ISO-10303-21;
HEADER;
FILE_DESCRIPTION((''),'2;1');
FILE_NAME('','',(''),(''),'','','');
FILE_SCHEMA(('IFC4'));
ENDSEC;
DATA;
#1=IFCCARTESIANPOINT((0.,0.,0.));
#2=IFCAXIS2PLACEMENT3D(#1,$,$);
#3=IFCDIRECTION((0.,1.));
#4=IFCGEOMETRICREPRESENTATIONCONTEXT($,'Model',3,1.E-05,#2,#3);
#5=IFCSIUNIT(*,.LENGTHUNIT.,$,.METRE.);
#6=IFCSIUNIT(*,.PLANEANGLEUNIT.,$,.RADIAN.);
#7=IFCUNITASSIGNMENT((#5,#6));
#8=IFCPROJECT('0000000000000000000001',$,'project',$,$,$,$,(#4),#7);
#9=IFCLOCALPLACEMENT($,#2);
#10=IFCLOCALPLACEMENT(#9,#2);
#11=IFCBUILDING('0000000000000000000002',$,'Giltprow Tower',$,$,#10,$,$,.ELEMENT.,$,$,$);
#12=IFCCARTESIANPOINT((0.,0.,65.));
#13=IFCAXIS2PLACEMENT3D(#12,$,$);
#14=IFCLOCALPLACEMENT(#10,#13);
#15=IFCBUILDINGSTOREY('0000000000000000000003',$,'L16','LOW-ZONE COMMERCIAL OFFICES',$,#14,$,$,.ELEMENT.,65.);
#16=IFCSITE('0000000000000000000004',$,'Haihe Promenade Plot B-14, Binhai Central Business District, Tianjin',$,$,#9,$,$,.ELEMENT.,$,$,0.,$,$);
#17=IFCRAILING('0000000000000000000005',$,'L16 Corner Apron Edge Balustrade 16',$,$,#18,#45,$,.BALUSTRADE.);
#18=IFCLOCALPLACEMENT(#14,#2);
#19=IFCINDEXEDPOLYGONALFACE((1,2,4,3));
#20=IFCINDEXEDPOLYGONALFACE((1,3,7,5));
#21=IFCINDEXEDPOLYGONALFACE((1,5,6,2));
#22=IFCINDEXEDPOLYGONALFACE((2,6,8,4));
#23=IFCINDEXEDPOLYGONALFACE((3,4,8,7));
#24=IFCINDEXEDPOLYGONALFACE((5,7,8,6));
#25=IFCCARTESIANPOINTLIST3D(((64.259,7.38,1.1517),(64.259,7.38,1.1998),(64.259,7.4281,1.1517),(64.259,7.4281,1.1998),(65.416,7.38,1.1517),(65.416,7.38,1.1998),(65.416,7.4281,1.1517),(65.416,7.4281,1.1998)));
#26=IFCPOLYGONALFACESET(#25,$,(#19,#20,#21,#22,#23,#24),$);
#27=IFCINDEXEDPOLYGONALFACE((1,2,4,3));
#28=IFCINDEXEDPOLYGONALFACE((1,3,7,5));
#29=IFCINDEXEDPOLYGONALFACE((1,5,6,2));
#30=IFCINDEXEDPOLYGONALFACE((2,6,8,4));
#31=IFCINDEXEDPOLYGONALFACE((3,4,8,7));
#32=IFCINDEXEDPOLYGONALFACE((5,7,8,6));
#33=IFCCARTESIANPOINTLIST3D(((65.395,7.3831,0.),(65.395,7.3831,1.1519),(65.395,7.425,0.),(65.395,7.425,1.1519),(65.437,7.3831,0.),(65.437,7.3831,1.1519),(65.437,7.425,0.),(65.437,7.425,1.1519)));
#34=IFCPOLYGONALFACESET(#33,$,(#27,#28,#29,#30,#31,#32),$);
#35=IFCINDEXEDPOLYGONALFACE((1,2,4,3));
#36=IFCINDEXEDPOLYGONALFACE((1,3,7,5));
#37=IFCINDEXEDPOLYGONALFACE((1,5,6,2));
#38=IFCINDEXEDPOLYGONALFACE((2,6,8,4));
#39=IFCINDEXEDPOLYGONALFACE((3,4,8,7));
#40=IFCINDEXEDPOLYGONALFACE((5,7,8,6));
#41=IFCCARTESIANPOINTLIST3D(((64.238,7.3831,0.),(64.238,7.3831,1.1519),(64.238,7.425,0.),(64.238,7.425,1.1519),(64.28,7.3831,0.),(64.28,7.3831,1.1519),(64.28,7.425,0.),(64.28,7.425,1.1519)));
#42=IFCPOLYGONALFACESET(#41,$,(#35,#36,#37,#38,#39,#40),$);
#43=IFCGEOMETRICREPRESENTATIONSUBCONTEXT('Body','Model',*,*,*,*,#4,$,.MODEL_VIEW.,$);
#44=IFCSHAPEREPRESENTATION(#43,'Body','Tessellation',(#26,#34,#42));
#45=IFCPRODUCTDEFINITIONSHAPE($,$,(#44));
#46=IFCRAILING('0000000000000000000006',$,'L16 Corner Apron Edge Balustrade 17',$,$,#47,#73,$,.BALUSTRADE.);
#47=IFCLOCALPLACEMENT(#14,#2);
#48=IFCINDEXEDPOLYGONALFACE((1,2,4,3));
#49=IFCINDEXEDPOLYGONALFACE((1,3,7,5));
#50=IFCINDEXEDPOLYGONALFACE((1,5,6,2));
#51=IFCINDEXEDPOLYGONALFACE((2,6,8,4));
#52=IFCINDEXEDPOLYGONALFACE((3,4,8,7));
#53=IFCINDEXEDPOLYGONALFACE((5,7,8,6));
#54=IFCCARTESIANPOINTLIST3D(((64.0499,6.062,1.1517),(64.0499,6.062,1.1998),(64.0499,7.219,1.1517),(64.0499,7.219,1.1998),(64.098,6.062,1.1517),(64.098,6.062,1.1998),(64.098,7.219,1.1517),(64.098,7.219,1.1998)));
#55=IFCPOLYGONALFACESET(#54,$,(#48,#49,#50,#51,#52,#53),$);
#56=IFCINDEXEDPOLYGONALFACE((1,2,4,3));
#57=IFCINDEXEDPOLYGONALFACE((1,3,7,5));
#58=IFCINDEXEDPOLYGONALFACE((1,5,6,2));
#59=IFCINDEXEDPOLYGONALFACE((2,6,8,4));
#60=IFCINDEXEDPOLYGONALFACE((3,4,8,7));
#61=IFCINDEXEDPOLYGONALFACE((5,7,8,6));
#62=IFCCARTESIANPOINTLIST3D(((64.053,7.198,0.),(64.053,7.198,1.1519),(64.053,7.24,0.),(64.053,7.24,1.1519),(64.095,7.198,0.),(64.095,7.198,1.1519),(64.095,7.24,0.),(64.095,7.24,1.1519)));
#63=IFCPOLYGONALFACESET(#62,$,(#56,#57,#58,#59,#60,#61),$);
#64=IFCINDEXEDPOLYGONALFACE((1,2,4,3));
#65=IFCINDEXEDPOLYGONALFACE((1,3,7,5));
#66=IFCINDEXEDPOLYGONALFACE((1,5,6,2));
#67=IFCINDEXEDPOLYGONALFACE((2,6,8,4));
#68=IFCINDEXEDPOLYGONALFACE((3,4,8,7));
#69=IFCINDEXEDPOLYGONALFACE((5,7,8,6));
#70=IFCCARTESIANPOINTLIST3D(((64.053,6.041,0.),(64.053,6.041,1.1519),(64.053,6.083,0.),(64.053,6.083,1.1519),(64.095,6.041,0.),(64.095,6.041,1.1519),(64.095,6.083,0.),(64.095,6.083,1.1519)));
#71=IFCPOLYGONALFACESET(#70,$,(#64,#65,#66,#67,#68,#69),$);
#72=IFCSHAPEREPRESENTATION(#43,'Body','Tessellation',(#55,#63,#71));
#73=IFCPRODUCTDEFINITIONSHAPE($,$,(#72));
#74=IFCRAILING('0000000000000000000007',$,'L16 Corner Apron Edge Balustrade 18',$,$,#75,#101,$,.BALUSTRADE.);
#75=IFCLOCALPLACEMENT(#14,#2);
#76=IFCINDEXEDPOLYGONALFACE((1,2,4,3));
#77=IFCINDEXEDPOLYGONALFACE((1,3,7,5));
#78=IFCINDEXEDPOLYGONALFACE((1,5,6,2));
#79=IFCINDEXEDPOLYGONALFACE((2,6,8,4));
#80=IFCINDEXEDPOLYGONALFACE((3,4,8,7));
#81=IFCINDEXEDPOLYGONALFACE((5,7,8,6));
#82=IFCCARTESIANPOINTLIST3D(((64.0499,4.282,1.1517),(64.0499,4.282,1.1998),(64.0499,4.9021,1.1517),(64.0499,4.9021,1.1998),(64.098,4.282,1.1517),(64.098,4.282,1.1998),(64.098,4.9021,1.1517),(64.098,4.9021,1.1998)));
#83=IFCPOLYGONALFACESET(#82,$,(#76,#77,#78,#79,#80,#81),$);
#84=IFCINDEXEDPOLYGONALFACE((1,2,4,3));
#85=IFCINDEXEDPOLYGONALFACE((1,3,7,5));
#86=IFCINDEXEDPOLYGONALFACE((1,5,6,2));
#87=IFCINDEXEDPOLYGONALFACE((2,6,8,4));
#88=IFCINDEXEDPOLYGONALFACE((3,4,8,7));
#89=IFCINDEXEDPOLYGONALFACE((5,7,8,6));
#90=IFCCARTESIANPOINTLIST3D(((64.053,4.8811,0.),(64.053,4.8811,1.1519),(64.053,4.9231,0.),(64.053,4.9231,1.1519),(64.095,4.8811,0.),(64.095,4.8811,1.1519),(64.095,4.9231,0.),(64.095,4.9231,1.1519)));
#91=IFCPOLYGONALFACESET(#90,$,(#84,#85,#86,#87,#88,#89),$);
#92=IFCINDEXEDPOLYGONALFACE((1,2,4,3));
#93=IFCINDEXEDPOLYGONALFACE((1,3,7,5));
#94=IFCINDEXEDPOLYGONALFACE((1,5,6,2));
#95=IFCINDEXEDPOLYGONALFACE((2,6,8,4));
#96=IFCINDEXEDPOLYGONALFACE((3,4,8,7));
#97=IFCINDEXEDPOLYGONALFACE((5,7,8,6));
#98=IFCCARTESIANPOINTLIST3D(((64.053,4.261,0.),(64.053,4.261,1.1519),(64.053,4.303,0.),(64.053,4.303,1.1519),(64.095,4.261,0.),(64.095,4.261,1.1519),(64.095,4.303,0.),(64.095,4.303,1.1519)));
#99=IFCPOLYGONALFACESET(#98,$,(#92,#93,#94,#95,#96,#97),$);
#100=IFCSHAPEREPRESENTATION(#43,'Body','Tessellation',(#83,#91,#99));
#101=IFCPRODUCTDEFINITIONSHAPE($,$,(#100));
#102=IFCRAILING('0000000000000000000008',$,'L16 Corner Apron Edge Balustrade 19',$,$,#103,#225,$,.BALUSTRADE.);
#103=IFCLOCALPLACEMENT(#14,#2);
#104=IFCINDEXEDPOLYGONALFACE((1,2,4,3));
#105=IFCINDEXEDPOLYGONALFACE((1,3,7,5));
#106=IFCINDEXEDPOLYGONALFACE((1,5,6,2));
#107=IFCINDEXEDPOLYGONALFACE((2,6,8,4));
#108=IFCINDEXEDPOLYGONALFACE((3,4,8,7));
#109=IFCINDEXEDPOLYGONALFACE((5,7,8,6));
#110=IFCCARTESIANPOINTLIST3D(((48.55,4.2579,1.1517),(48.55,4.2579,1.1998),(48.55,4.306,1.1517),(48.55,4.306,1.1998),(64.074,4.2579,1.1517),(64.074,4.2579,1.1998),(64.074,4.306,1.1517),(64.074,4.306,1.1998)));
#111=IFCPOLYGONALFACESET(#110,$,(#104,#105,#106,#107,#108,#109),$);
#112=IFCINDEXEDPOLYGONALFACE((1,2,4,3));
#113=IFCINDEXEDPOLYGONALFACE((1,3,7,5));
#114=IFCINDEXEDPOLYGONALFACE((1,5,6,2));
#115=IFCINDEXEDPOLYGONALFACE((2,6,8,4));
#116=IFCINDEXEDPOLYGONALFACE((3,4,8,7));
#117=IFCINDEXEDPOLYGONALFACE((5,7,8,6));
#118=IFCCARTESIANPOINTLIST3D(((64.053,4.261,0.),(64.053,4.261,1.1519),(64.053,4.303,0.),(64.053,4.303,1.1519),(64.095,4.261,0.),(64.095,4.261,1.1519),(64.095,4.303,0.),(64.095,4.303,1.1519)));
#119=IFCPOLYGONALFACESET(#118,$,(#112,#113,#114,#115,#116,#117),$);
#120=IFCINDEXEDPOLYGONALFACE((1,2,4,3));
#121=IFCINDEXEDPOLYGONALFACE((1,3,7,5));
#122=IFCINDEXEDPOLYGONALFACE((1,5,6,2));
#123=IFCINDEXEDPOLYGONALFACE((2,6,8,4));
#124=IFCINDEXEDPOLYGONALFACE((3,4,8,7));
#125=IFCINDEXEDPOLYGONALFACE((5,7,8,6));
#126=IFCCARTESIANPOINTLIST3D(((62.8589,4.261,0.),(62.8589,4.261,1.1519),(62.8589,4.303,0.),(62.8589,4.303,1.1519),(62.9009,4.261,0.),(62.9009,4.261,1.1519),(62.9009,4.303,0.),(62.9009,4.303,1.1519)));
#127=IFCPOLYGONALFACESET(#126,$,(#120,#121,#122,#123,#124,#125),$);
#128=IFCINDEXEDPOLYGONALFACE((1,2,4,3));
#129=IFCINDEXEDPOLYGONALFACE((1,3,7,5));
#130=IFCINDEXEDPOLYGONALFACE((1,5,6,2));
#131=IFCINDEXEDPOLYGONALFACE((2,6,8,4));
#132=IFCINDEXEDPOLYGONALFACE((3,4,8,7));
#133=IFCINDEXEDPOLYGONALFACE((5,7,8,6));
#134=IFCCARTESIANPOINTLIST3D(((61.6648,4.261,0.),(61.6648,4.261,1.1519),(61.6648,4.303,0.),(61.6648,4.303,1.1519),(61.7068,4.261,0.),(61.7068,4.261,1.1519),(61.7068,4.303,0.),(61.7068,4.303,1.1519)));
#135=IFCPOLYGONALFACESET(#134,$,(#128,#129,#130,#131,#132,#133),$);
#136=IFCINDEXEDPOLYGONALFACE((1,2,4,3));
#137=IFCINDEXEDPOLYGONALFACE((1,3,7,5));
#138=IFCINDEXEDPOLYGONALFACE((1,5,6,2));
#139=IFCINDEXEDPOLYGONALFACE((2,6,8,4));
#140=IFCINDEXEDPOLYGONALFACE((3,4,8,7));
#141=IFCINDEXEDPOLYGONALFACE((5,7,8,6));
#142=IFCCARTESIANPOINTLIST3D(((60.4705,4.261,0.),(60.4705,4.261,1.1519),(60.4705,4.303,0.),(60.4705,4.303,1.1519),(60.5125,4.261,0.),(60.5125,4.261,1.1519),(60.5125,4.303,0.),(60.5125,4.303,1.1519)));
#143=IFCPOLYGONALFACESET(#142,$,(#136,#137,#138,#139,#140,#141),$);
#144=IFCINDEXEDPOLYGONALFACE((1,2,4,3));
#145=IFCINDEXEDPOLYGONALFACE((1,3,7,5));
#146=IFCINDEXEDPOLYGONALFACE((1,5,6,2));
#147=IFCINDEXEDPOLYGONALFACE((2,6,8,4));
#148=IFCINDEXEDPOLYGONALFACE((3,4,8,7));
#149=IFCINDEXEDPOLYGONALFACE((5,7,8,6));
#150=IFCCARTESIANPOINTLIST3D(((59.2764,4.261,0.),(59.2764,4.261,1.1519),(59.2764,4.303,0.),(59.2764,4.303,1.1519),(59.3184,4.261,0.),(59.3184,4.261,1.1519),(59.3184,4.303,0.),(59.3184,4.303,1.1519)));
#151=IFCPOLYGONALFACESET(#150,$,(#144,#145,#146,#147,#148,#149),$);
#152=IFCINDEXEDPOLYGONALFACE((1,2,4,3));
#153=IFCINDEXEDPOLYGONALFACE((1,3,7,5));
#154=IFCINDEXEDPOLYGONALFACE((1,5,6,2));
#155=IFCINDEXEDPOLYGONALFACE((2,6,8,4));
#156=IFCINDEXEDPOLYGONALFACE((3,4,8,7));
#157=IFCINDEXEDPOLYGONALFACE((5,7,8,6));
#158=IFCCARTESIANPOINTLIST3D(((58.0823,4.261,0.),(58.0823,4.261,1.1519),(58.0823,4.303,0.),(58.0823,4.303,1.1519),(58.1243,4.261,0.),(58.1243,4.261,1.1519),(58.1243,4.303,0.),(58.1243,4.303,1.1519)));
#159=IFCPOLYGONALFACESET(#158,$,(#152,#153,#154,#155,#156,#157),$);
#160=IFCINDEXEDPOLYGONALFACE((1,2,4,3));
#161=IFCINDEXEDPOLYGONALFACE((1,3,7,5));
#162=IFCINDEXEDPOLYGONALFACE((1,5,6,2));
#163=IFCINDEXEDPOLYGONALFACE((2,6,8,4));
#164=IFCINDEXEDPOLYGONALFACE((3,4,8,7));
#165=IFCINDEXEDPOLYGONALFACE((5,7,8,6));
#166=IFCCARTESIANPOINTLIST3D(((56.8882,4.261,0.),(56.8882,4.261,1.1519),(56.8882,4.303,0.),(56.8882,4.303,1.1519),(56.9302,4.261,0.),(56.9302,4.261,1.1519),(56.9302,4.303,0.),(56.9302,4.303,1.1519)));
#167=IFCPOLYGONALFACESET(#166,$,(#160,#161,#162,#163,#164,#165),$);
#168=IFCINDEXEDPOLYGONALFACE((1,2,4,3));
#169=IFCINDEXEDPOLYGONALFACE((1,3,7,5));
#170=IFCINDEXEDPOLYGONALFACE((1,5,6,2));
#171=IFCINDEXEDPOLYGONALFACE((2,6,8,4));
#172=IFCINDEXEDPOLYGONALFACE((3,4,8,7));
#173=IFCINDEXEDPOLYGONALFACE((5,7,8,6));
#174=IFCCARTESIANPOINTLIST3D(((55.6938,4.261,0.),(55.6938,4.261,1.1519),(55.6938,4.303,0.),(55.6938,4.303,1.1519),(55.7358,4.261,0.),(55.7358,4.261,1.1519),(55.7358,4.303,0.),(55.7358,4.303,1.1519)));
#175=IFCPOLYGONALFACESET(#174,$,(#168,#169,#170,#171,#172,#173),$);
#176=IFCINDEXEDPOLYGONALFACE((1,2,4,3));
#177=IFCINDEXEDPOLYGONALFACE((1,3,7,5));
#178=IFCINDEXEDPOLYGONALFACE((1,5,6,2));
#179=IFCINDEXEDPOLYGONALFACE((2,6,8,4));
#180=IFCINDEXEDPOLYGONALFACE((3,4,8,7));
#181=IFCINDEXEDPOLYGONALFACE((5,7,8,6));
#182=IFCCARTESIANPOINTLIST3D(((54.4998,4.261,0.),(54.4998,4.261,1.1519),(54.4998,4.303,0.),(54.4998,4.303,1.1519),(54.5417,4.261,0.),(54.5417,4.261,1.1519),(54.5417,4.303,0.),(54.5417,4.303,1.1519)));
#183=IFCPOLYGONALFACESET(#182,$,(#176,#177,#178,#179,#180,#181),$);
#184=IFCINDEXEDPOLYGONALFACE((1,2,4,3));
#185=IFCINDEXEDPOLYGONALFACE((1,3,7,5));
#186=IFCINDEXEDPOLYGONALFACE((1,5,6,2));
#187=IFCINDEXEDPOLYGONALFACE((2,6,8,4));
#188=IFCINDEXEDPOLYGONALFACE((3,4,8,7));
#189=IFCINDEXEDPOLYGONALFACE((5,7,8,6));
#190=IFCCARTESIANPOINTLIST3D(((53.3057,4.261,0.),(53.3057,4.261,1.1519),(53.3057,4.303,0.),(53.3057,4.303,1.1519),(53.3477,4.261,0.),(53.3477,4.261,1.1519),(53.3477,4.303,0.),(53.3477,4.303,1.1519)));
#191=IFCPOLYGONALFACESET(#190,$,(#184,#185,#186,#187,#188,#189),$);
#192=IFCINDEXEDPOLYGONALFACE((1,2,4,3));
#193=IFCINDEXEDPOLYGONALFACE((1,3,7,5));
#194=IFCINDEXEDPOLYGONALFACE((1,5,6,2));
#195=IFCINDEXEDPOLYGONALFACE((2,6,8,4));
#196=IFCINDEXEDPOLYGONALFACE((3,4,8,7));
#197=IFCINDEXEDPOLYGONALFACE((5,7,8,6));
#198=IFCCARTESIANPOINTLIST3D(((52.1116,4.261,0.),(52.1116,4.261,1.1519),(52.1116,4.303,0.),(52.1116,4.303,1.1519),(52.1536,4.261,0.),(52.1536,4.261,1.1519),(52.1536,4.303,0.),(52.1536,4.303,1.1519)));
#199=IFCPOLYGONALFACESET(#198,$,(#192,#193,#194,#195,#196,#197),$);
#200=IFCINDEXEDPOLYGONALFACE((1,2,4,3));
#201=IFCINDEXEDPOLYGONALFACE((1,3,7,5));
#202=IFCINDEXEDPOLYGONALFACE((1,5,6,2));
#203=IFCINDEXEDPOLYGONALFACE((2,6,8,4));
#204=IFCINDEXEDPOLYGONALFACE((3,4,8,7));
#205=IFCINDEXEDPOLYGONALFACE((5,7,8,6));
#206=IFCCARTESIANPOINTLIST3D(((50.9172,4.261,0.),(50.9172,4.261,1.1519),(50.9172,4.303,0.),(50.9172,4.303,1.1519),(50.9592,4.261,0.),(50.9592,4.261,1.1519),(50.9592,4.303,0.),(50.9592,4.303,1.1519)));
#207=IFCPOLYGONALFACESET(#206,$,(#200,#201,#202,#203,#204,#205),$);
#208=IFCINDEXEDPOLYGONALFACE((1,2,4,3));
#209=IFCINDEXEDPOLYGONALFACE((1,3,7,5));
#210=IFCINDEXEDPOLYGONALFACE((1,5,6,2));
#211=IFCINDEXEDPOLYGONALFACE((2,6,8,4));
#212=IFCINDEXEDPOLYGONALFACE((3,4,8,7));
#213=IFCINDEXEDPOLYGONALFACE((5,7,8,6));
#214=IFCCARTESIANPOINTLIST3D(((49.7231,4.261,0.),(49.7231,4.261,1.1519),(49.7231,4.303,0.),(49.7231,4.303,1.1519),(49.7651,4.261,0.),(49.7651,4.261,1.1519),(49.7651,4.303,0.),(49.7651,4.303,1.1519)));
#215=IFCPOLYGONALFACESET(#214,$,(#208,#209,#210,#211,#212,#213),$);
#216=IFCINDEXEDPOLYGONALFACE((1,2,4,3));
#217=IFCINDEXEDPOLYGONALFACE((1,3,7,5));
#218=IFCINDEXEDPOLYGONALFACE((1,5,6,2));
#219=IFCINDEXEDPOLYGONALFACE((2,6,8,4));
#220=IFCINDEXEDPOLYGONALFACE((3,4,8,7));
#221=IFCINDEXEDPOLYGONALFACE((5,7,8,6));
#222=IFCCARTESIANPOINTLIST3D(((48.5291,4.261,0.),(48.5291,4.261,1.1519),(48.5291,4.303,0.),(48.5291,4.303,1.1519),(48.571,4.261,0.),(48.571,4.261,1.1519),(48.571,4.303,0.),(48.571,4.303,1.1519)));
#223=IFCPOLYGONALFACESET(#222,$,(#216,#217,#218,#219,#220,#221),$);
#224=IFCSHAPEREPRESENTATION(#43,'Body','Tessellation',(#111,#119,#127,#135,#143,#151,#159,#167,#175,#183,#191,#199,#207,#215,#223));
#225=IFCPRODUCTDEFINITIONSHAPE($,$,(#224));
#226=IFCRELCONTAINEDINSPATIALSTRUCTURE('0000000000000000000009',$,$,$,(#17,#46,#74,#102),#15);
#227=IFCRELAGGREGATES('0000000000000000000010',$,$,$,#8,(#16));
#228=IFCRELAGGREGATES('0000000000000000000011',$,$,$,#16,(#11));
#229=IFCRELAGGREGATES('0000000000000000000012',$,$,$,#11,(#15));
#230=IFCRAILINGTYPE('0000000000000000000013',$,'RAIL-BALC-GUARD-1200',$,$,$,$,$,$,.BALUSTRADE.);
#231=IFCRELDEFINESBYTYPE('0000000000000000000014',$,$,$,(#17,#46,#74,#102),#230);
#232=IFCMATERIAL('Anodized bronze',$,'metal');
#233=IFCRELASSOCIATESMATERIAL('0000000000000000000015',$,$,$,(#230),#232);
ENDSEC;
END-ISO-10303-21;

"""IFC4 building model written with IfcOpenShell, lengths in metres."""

from ifc_helpers import new_model, si_unit, direction, frame, origin, origin_2d, place, context, subcontext, project, spatial, rectangle, extrude, material, type_object, element, save


model = new_model("IFC4")

# Units and contexts
model_context = context("Model", 3, precision=1e-05, world=origin(), true_north=direction((0.0, 1.0)))
body_context = subcontext(model_context, "Body", "Model", "MODEL_VIEW")
ifc_project = project(units=[si_unit("LENGTHUNIT", "METRE"), si_unit("PLANEANGLEUNIT", "RADIAN")], contexts=[model_context])

# Site, building, storey
site_placement = place(None, origin())
site = spatial("IfcSite", under=ifc_project, at=site_placement, Name="Haihe Promenade Plot B-14, Binhai Central Business District, Tianjin", CompositionType="ELEMENT", RefElevation=0.0)
building_placement = place(site_placement, origin())
building = spatial("IfcBuilding", under=site, at=building_placement, Name="Giltprow Tower", CompositionType="ELEMENT")
storey_placement = place(building_placement, frame((0.0, 0.0, 65.0)))
storey = spatial("IfcBuildingStorey", under=building, at=storey_placement, Name="L16", Description="LOW-ZONE COMMERCIAL OFFICES", CompositionType="ELEMENT", Elevation=65.0)

# Shared definitions
ifc_material_1 = material(Name="Anodized bronze", Category="metal")

# Railings
railing_type = type_object("IfcRailingType", Name="RAIL-BALC-GUARD-1200", PredefinedType="BALUSTRADE", material=ifc_material_1)
railing_1_placement = place(storey_placement, frame((65.416, 7.4041, 0.0)))
element("IfcRailing", 1, at=railing_1_placement, inside=storey, type_object=railing_type, Name="L16 Corner Apron Edge Balustrade 16", PredefinedType="BALUSTRADE", context=body_context, shape_type="SweptSolid", body=[
    extrude(rectangle(XDim=0.0481, YDim=0.0481, at=origin_2d()), frame((0.0, 0.0, 1.1758), z_axis=(-1.0, 0.0, 0.0), x_axis=(0.0, -1.0, 0.0)), (0.0, 0.0, 1.0), 1.157),
    extrude(rectangle(XDim=0.042, YDim=0.042, at=origin_2d()), origin(), (0.0, 0.0, 1.0), 1.1519),
    extrude(rectangle(XDim=0.042, YDim=0.042, at=origin_2d()), frame((-1.157, 0.0, 0.0)), (0.0, 0.0, 1.0), 1.1519),
])
railing_2_placement = place(storey_placement, frame((64.074, 7.219, 0.0)))
element("IfcRailing", 2, at=railing_2_placement, inside=storey, type_object=railing_type, Name="L16 Corner Apron Edge Balustrade 17", PredefinedType="BALUSTRADE", context=body_context, shape_type="SweptSolid", body=[
    extrude(rectangle(XDim=0.0481, YDim=0.0481, at=origin_2d()), frame((0.0, 0.0, 1.1758), z_axis=(0.0, -1.0, 0.0), x_axis=(1.0, 0.0, 0.0)), (0.0, 0.0, 1.0), 1.157),
    extrude(rectangle(XDim=0.042, YDim=0.042, at=origin_2d()), origin(), (0.0, 0.0, 1.0), 1.1519),
    extrude(rectangle(XDim=0.042, YDim=0.042, at=origin_2d()), frame((0.0, -1.157, 0.0)), (0.0, 0.0, 1.0), 1.1519),
])
railing_3_placement = place(storey_placement, frame((64.074, 4.9021, 0.0)))
element("IfcRailing", 3, at=railing_3_placement, inside=storey, type_object=railing_type, Name="L16 Corner Apron Edge Balustrade 18", PredefinedType="BALUSTRADE", context=body_context, shape_type="SweptSolid", body=[
    extrude(rectangle(XDim=0.0481, YDim=0.0481, at=origin_2d()), frame((0.0, 0.0, 1.1758), z_axis=(0.0, -1.0, 0.0), x_axis=(1.0, 0.0, 0.0)), (0.0, 0.0, 1.0), 0.6201),
    extrude(rectangle(XDim=0.042, YDim=0.042, at=origin_2d()), origin(), (0.0, 0.0, 1.0), 1.1519),
    extrude(rectangle(XDim=0.042, YDim=0.042, at=origin_2d()), frame((0.0, -0.6201, 0.0)), (0.0, 0.0, 1.0), 1.1519),
])
railing_4_placement = place(storey_placement, frame((64.074, 4.282, 0.0)))
element("IfcRailing", 4, at=railing_4_placement, inside=storey, type_object=railing_type, Name="L16 Corner Apron Edge Balustrade 19", PredefinedType="BALUSTRADE", context=body_context, shape_type="SweptSolid", body=[
    extrude(rectangle(XDim=0.0481, YDim=0.0481, at=origin_2d()), frame((0.0, 0.0, 1.1758), z_axis=(-1.0, 0.0, 0.0), x_axis=(0.0, -1.0, 0.0)), (0.0, 0.0, 1.0), 15.5239),
    extrude(rectangle(XDim=0.042, YDim=0.042, at=origin_2d()), origin(), (0.0, 0.0, 1.0), 1.1519),
    extrude(rectangle(XDim=0.042, YDim=0.042, at=origin_2d()), frame((-1.1941, 0.0, 0.0)), (0.0, 0.0, 1.0), 1.1519),
    extrude(rectangle(XDim=0.042, YDim=0.042, at=origin_2d()), frame((-2.3882, 0.0, 0.0)), (0.0, 0.0, 1.0), 1.1519),
    extrude(rectangle(XDim=0.042, YDim=0.042, at=origin_2d()), frame((-3.5825, 0.0, 0.0)), (0.0, 0.0, 1.0), 1.1519),
    extrude(rectangle(XDim=0.042, YDim=0.042, at=origin_2d()), frame((-4.7766, 0.0, 0.0)), (0.0, 0.0, 1.0), 1.1519),
    extrude(rectangle(XDim=0.042, YDim=0.042, at=origin_2d()), frame((-5.9707, 0.0, 0.0)), (0.0, 0.0, 1.0), 1.1519),
    extrude(rectangle(XDim=0.042, YDim=0.042, at=origin_2d()), frame((-7.1648, 0.0, 0.0)), (0.0, 0.0, 1.0), 1.1519),
    extrude(rectangle(XDim=0.042, YDim=0.042, at=origin_2d()), frame((-8.3591, 0.0, 0.0)), (0.0, 0.0, 1.0), 1.1519),
    extrude(rectangle(XDim=0.042, YDim=0.042, at=origin_2d()), frame((-9.5532, 0.0, 0.0)), (0.0, 0.0, 1.0), 1.1519),
    extrude(rectangle(XDim=0.042, YDim=0.042, at=origin_2d()), frame((-10.7473, 0.0, 0.0)), (0.0, 0.0, 1.0), 1.1519),
    extrude(rectangle(XDim=0.042, YDim=0.042, at=origin_2d()), frame((-11.9414, 0.0, 0.0)), (0.0, 0.0, 1.0), 1.1519),
    extrude(rectangle(XDim=0.042, YDim=0.042, at=origin_2d()), frame((-13.1357, 0.0, 0.0)), (0.0, 0.0, 1.0), 1.1519),
    extrude(rectangle(XDim=0.042, YDim=0.042, at=origin_2d()), frame((-14.3298, 0.0, 0.0)), (0.0, 0.0, 1.0), 1.1519),
    extrude(rectangle(XDim=0.042, YDim=0.042, at=origin_2d()), frame((-15.5239, 0.0, 0.0)), (0.0, 0.0, 1.0), 1.1519),
])

save(model, "model.ifc")
